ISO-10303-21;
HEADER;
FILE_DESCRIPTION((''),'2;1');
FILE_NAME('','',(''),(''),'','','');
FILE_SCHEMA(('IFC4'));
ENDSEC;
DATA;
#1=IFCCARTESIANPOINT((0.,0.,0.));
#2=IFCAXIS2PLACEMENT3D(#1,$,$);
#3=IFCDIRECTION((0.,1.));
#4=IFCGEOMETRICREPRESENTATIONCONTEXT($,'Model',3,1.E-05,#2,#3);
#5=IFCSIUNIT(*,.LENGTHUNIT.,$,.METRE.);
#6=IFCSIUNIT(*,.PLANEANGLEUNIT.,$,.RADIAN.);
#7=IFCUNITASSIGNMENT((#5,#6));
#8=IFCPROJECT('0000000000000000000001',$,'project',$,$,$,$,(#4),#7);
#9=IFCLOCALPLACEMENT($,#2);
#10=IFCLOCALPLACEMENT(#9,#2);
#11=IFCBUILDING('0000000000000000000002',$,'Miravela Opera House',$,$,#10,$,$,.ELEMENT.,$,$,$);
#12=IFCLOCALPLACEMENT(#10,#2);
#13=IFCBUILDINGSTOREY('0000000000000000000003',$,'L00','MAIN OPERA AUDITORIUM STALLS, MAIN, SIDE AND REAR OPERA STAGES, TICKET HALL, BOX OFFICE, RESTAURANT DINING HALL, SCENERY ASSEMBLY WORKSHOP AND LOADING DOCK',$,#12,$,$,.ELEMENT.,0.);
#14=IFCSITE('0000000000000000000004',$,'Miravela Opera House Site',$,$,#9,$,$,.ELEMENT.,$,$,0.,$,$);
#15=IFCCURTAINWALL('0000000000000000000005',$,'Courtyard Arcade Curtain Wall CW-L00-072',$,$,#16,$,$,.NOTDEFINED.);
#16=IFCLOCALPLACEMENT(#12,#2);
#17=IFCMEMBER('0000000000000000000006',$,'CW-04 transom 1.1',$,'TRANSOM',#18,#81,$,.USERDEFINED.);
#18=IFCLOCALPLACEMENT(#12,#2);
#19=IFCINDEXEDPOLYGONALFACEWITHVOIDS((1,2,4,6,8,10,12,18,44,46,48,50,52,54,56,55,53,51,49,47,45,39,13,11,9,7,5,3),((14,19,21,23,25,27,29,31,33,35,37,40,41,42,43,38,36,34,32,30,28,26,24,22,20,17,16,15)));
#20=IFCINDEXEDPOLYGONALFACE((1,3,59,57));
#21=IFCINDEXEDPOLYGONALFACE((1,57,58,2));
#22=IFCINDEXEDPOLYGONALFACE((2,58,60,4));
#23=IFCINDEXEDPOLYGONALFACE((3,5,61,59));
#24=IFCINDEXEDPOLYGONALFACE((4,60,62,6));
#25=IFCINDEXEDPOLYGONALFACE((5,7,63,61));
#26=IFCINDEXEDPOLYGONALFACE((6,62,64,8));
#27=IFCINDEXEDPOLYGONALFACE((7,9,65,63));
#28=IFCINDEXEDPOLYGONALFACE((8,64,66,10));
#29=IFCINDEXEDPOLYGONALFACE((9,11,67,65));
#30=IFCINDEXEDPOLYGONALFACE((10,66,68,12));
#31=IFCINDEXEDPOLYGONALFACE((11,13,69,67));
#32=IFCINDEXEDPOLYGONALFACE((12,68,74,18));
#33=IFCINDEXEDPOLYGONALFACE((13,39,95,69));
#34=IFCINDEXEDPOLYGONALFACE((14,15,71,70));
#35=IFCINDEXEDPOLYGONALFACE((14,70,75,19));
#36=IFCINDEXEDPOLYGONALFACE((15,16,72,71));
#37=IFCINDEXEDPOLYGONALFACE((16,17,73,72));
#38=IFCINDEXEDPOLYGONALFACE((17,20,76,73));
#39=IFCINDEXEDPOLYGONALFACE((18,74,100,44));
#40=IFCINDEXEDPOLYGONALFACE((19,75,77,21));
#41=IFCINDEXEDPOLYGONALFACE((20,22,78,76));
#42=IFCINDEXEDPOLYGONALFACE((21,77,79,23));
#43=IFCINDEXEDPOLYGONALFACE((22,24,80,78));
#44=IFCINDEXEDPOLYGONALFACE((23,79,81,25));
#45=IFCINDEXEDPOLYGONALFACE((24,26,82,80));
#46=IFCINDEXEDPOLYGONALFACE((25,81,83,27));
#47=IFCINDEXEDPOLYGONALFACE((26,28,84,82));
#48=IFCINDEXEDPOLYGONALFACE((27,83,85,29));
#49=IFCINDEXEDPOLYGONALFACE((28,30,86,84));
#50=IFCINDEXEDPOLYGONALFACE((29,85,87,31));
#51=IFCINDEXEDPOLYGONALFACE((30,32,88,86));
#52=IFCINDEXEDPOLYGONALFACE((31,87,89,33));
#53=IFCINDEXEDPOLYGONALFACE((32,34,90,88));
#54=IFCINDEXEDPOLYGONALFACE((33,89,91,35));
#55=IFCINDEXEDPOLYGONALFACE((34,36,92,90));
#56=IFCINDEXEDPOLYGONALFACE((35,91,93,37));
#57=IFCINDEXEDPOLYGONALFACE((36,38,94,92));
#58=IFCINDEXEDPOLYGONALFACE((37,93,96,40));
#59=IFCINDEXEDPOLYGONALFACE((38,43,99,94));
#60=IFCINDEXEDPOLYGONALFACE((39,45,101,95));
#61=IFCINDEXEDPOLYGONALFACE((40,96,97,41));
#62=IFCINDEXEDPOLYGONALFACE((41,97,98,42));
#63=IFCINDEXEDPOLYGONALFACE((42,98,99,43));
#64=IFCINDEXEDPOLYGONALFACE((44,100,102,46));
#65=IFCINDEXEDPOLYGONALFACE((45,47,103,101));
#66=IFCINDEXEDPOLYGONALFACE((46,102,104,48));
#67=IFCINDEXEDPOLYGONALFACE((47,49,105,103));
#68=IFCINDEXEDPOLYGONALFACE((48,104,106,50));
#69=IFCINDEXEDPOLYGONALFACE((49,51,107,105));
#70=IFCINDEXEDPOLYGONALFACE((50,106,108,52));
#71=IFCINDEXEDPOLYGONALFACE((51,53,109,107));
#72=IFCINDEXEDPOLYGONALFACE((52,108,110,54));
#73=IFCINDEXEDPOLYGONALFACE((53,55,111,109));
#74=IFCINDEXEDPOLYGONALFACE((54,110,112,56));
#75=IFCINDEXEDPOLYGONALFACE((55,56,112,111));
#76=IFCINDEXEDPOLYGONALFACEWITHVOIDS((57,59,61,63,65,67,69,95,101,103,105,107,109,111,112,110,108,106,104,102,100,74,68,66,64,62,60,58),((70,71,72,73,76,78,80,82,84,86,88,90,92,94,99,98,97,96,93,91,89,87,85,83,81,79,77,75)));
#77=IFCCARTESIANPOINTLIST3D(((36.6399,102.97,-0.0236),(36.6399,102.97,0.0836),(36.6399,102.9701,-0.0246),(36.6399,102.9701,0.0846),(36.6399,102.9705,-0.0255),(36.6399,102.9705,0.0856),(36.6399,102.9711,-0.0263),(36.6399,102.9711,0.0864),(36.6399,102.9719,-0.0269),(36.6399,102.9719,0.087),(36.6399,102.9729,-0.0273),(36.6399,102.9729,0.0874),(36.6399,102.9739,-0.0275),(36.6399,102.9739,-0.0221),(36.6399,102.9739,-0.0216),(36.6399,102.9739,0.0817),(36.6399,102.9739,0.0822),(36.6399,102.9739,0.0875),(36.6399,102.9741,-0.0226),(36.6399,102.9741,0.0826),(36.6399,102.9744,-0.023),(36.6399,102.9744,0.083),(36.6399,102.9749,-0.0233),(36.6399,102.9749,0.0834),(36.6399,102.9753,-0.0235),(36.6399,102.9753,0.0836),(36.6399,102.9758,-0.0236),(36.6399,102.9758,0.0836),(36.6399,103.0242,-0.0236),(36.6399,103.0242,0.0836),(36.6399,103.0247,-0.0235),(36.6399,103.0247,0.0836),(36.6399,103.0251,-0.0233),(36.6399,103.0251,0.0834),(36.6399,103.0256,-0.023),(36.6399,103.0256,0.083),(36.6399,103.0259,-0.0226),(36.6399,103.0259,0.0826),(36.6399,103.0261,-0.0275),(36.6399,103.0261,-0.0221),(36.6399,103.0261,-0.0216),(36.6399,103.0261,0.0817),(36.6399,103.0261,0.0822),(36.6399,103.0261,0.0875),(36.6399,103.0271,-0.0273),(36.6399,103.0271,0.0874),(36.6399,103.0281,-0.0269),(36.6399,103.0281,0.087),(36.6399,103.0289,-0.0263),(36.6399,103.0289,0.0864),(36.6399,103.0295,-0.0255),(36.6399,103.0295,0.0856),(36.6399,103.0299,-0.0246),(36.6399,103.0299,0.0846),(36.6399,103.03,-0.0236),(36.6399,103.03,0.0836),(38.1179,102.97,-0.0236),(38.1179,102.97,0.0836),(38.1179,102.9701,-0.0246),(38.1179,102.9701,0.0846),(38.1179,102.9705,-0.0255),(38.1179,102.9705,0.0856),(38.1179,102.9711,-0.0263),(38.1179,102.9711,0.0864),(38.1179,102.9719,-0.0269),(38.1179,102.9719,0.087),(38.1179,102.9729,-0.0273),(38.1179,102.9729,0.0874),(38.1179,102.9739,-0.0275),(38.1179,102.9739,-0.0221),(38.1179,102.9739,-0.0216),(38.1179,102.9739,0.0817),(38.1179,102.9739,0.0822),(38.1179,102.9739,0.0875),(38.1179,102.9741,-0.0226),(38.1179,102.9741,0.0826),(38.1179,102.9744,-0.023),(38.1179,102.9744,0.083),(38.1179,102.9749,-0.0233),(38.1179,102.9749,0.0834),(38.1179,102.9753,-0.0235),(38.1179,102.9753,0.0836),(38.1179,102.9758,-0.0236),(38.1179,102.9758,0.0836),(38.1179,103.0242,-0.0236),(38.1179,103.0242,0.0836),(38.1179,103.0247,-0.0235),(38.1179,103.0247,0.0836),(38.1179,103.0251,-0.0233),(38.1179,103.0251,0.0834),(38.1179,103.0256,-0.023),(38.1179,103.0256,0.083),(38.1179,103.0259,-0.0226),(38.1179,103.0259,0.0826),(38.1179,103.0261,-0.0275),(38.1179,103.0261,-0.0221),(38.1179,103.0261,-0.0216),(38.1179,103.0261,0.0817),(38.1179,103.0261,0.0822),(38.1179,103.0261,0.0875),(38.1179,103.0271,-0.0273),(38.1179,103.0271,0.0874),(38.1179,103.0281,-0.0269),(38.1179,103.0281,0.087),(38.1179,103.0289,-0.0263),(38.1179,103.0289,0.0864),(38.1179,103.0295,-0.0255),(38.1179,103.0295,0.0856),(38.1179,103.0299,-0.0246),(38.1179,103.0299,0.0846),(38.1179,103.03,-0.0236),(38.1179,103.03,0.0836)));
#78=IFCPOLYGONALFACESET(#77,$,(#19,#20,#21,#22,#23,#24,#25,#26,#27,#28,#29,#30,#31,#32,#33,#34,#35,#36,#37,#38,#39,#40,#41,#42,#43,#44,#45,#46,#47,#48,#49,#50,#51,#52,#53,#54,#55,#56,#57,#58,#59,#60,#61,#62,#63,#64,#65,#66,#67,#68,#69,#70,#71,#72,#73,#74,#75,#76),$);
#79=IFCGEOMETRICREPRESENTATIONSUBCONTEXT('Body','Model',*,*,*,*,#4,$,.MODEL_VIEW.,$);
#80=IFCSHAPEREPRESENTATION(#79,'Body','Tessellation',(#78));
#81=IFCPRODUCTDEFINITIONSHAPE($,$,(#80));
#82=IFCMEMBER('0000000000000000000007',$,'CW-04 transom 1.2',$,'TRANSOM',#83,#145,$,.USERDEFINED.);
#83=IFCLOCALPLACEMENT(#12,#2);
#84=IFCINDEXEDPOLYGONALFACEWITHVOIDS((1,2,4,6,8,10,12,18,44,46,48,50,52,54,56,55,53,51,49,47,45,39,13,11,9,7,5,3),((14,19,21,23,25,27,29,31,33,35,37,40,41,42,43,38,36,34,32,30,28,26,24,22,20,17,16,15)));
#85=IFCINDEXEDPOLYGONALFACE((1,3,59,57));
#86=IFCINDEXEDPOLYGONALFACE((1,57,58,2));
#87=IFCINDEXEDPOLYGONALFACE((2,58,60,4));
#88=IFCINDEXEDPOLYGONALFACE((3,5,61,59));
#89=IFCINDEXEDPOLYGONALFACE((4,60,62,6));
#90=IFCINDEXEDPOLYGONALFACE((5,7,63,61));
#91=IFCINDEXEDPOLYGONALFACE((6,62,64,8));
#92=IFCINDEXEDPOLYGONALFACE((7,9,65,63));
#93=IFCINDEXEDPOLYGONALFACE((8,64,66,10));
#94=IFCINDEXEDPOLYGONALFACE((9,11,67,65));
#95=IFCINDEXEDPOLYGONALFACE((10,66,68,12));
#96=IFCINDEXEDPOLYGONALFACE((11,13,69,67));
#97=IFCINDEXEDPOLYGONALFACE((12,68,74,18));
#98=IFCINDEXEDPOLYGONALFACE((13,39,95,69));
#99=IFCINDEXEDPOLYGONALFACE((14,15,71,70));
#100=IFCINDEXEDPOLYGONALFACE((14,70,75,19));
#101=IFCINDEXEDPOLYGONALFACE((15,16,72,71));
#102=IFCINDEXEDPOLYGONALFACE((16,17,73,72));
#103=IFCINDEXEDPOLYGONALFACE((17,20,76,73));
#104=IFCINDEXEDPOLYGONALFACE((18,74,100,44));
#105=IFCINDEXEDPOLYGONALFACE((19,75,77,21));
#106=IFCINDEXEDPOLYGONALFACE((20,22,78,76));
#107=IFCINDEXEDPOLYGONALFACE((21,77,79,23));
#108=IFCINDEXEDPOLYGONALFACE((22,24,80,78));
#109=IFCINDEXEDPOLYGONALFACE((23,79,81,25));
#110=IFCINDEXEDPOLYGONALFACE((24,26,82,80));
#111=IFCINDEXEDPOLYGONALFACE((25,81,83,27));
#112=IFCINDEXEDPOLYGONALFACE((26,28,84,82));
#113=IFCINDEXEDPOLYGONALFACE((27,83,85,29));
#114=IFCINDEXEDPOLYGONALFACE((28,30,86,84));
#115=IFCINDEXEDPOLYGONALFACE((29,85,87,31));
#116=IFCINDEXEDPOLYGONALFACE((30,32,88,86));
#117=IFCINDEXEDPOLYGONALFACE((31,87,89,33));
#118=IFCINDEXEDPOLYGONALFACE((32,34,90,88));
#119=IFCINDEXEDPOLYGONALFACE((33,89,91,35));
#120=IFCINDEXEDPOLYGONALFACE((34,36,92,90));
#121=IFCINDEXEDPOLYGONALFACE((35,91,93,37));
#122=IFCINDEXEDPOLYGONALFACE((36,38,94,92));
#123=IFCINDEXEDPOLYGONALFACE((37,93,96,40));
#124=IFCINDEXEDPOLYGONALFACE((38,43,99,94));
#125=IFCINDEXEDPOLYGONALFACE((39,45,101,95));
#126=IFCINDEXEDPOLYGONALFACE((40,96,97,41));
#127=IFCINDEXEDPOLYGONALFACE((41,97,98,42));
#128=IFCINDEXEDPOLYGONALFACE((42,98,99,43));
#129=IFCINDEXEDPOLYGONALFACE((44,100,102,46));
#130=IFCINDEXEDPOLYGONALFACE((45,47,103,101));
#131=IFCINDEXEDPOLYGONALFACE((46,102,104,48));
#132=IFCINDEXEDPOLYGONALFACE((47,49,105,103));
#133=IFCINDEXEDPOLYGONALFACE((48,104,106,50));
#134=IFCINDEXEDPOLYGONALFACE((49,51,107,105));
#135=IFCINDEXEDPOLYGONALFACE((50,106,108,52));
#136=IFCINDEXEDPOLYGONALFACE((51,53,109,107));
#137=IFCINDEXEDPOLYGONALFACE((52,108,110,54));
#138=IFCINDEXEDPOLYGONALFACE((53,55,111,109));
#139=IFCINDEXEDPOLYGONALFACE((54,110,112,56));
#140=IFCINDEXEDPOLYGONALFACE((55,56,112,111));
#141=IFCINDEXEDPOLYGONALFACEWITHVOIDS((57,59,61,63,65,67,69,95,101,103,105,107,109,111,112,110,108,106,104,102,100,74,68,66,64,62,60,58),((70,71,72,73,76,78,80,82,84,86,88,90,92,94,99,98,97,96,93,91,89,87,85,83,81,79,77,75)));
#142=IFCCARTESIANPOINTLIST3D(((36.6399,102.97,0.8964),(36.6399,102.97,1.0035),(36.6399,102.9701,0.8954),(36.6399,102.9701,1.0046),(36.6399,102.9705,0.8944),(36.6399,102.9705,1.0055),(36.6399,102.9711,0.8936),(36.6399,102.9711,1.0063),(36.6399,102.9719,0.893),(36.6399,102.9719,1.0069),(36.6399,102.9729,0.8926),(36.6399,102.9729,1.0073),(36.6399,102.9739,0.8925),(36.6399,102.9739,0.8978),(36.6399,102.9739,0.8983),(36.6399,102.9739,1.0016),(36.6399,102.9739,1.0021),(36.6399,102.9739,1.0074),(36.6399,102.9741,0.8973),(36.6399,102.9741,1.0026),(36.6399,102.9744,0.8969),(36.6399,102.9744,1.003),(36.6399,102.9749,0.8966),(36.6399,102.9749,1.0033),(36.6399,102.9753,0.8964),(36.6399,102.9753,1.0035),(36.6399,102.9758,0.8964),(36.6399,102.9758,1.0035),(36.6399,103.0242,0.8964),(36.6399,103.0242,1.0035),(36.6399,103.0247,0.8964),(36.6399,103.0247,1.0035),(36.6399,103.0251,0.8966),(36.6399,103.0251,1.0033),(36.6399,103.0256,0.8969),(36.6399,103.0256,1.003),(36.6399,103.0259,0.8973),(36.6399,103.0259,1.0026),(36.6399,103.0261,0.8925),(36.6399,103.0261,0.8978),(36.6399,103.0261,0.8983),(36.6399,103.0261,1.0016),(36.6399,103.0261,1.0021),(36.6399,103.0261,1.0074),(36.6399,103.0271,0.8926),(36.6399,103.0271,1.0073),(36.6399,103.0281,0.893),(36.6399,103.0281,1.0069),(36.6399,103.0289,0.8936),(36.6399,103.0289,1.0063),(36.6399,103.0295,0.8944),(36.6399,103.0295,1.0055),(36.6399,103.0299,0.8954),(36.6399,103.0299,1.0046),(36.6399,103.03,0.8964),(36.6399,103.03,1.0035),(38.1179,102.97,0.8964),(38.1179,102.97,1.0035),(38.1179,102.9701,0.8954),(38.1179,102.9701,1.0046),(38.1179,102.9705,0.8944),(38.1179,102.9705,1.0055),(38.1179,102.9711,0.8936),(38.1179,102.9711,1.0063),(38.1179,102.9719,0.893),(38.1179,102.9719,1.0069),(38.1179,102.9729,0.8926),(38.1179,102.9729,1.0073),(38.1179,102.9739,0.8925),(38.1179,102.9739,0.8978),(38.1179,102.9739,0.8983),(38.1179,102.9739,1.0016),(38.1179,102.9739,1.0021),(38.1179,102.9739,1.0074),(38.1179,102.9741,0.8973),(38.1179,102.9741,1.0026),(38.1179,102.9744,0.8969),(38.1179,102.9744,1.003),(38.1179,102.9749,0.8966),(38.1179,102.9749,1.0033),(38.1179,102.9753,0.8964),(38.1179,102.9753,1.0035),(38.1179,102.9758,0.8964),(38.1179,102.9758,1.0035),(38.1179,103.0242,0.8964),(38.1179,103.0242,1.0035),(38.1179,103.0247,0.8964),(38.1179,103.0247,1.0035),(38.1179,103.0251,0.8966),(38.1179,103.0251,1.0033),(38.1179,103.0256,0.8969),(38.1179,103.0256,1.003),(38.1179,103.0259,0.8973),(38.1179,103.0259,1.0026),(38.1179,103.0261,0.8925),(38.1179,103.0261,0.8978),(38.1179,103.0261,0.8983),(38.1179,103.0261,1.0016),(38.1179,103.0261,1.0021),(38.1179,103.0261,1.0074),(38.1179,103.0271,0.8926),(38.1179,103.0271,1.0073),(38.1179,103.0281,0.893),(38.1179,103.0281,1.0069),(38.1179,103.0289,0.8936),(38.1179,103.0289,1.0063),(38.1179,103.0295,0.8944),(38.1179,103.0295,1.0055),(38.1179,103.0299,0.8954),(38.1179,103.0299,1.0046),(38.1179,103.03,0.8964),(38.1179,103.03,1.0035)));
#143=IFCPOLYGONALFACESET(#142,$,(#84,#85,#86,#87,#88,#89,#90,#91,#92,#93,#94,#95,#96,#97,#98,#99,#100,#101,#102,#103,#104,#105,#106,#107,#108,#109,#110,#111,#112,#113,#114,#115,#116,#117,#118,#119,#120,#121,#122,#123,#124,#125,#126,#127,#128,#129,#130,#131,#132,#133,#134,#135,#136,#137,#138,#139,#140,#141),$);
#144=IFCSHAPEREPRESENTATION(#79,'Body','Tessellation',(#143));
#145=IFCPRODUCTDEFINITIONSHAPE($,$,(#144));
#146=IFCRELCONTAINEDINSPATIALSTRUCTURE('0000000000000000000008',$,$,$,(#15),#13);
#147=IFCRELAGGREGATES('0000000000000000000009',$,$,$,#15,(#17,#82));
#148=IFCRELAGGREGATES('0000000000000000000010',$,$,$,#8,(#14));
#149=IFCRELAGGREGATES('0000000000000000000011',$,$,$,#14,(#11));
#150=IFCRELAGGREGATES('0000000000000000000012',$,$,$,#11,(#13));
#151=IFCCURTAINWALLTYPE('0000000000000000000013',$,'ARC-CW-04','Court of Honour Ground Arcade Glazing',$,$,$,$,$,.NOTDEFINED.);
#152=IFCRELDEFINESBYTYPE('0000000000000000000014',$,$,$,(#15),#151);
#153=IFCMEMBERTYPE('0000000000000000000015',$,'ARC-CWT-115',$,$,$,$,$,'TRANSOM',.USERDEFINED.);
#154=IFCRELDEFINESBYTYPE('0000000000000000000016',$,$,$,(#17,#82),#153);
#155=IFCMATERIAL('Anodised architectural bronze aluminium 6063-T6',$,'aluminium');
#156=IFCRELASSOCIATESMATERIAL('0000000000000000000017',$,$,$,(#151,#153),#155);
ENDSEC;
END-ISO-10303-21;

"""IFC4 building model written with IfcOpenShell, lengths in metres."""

from ifc_helpers import new_model, si_unit, direction, frame, origin, origin_2d, place, context, subcontext, project, spatial, hollow_rectangle, extrude, material, material_profile, profile_set, type_object, element, aggregate, save


model = new_model("IFC4")

# Units and contexts
model_context = context("Model", 3, precision=1e-05, world=origin(), true_north=direction((0.0, 1.0)))
body_context = subcontext(model_context, "Body", "Model", "MODEL_VIEW")
ifc_project = project(units=[si_unit("LENGTHUNIT", "METRE"), si_unit("PLANEANGLEUNIT", "RADIAN")], contexts=[model_context])

# Site, building, storey
site_placement = place(None, origin())
site = spatial("IfcSite", under=ifc_project, at=site_placement, Name="Miravela Opera House Site", CompositionType="ELEMENT", RefElevation=0.0)
building_placement = place(site_placement, origin())
building = spatial("IfcBuilding", under=site, at=building_placement, Name="Miravela Opera House", CompositionType="ELEMENT")
storey_placement = place(building_placement, origin())
storey = spatial("IfcBuildingStorey", under=building, at=storey_placement, Name="L00", Description="MAIN OPERA AUDITORIUM STALLS, MAIN, SIDE AND REAR OPERA STAGES, TICKET HALL, BOX OFFICE, RESTAURANT DINING HALL, SCENERY ASSEMBLY WORKSHOP AND LOADING DOCK", CompositionType="ELEMENT", Elevation=0.0)

# Curtain wall
ifc_material_1 = material(Name="Anodised architectural bronze aluminium 6063-T6", Category="aluminium")
curtain_wall_type = type_object("IfcCurtainWallType", Name="ARC-CW-04", Description="Court of Honour Ground Arcade Glazing", PredefinedType="NOTDEFINED", material=ifc_material_1)
curtain_wall_1_placement = place(storey_placement, origin())
curtain_wall_1 = element("IfcCurtainWall", 1, at=curtain_wall_1_placement, inside=storey, type_object=curtain_wall_type, Name="Courtyard Arcade Curtain Wall CW-L00-072", PredefinedType="NOTDEFINED")

# Members
ifc_material_profile_1 = material_profile(ifc_material_1, hollow_rectangle(XDim=0.0601, YDim=0.115, WallThickness=0.0039, InnerFilletRadius=0.002, OuterFilletRadius=0.0039, at=origin_2d()), Name="CWT-60X115")
ifc_profile_set_1 = profile_set([ifc_material_profile_1])
member_type_1 = type_object("IfcMemberType", Name="ARC-CWT-115", ElementType="TRANSOM", PredefinedType="USERDEFINED", material=ifc_profile_set_1)
member_1_placement = place(storey_placement, frame((36.6399, 103.0, 0.03), z_axis=(1.0, 0.0, 0.0), x_axis=(0.0, 1.0, 0.0)))
member_1 = element("IfcMember", 2, at=member_1_placement, type_object=member_type_1, Name="CW-04 transom 1.1", ObjectType="TRANSOM", PredefinedType="USERDEFINED", context=body_context, shape_type="SweptSolid", body=[
    extrude(hollow_rectangle(XDim=0.0601, YDim=0.115, WallThickness=0.0039, InnerFilletRadius=0.002, OuterFilletRadius=0.0039, at=origin_2d()), origin(), (0.0, 0.0, 1.0), 1.478),
])
member_2_placement = place(storey_placement, frame((36.6399, 103.0, 0.95), z_axis=(1.0, 0.0, 0.0), x_axis=(0.0, 1.0, 0.0)))
member_2 = element("IfcMember", 3, at=member_2_placement, type_object=member_type_1, Name="CW-04 transom 1.2", ObjectType="TRANSOM", PredefinedType="USERDEFINED", context=body_context, shape_type="SweptSolid", body=[
    extrude(hollow_rectangle(XDim=0.0601, YDim=0.115, WallThickness=0.0039, InnerFilletRadius=0.002, OuterFilletRadius=0.0039, at=origin_2d()), origin(), (0.0, 0.0, 1.0), 1.478),
])

aggregate(curtain_wall_1, [member_1, member_2])

save(model, "model.ifc")
